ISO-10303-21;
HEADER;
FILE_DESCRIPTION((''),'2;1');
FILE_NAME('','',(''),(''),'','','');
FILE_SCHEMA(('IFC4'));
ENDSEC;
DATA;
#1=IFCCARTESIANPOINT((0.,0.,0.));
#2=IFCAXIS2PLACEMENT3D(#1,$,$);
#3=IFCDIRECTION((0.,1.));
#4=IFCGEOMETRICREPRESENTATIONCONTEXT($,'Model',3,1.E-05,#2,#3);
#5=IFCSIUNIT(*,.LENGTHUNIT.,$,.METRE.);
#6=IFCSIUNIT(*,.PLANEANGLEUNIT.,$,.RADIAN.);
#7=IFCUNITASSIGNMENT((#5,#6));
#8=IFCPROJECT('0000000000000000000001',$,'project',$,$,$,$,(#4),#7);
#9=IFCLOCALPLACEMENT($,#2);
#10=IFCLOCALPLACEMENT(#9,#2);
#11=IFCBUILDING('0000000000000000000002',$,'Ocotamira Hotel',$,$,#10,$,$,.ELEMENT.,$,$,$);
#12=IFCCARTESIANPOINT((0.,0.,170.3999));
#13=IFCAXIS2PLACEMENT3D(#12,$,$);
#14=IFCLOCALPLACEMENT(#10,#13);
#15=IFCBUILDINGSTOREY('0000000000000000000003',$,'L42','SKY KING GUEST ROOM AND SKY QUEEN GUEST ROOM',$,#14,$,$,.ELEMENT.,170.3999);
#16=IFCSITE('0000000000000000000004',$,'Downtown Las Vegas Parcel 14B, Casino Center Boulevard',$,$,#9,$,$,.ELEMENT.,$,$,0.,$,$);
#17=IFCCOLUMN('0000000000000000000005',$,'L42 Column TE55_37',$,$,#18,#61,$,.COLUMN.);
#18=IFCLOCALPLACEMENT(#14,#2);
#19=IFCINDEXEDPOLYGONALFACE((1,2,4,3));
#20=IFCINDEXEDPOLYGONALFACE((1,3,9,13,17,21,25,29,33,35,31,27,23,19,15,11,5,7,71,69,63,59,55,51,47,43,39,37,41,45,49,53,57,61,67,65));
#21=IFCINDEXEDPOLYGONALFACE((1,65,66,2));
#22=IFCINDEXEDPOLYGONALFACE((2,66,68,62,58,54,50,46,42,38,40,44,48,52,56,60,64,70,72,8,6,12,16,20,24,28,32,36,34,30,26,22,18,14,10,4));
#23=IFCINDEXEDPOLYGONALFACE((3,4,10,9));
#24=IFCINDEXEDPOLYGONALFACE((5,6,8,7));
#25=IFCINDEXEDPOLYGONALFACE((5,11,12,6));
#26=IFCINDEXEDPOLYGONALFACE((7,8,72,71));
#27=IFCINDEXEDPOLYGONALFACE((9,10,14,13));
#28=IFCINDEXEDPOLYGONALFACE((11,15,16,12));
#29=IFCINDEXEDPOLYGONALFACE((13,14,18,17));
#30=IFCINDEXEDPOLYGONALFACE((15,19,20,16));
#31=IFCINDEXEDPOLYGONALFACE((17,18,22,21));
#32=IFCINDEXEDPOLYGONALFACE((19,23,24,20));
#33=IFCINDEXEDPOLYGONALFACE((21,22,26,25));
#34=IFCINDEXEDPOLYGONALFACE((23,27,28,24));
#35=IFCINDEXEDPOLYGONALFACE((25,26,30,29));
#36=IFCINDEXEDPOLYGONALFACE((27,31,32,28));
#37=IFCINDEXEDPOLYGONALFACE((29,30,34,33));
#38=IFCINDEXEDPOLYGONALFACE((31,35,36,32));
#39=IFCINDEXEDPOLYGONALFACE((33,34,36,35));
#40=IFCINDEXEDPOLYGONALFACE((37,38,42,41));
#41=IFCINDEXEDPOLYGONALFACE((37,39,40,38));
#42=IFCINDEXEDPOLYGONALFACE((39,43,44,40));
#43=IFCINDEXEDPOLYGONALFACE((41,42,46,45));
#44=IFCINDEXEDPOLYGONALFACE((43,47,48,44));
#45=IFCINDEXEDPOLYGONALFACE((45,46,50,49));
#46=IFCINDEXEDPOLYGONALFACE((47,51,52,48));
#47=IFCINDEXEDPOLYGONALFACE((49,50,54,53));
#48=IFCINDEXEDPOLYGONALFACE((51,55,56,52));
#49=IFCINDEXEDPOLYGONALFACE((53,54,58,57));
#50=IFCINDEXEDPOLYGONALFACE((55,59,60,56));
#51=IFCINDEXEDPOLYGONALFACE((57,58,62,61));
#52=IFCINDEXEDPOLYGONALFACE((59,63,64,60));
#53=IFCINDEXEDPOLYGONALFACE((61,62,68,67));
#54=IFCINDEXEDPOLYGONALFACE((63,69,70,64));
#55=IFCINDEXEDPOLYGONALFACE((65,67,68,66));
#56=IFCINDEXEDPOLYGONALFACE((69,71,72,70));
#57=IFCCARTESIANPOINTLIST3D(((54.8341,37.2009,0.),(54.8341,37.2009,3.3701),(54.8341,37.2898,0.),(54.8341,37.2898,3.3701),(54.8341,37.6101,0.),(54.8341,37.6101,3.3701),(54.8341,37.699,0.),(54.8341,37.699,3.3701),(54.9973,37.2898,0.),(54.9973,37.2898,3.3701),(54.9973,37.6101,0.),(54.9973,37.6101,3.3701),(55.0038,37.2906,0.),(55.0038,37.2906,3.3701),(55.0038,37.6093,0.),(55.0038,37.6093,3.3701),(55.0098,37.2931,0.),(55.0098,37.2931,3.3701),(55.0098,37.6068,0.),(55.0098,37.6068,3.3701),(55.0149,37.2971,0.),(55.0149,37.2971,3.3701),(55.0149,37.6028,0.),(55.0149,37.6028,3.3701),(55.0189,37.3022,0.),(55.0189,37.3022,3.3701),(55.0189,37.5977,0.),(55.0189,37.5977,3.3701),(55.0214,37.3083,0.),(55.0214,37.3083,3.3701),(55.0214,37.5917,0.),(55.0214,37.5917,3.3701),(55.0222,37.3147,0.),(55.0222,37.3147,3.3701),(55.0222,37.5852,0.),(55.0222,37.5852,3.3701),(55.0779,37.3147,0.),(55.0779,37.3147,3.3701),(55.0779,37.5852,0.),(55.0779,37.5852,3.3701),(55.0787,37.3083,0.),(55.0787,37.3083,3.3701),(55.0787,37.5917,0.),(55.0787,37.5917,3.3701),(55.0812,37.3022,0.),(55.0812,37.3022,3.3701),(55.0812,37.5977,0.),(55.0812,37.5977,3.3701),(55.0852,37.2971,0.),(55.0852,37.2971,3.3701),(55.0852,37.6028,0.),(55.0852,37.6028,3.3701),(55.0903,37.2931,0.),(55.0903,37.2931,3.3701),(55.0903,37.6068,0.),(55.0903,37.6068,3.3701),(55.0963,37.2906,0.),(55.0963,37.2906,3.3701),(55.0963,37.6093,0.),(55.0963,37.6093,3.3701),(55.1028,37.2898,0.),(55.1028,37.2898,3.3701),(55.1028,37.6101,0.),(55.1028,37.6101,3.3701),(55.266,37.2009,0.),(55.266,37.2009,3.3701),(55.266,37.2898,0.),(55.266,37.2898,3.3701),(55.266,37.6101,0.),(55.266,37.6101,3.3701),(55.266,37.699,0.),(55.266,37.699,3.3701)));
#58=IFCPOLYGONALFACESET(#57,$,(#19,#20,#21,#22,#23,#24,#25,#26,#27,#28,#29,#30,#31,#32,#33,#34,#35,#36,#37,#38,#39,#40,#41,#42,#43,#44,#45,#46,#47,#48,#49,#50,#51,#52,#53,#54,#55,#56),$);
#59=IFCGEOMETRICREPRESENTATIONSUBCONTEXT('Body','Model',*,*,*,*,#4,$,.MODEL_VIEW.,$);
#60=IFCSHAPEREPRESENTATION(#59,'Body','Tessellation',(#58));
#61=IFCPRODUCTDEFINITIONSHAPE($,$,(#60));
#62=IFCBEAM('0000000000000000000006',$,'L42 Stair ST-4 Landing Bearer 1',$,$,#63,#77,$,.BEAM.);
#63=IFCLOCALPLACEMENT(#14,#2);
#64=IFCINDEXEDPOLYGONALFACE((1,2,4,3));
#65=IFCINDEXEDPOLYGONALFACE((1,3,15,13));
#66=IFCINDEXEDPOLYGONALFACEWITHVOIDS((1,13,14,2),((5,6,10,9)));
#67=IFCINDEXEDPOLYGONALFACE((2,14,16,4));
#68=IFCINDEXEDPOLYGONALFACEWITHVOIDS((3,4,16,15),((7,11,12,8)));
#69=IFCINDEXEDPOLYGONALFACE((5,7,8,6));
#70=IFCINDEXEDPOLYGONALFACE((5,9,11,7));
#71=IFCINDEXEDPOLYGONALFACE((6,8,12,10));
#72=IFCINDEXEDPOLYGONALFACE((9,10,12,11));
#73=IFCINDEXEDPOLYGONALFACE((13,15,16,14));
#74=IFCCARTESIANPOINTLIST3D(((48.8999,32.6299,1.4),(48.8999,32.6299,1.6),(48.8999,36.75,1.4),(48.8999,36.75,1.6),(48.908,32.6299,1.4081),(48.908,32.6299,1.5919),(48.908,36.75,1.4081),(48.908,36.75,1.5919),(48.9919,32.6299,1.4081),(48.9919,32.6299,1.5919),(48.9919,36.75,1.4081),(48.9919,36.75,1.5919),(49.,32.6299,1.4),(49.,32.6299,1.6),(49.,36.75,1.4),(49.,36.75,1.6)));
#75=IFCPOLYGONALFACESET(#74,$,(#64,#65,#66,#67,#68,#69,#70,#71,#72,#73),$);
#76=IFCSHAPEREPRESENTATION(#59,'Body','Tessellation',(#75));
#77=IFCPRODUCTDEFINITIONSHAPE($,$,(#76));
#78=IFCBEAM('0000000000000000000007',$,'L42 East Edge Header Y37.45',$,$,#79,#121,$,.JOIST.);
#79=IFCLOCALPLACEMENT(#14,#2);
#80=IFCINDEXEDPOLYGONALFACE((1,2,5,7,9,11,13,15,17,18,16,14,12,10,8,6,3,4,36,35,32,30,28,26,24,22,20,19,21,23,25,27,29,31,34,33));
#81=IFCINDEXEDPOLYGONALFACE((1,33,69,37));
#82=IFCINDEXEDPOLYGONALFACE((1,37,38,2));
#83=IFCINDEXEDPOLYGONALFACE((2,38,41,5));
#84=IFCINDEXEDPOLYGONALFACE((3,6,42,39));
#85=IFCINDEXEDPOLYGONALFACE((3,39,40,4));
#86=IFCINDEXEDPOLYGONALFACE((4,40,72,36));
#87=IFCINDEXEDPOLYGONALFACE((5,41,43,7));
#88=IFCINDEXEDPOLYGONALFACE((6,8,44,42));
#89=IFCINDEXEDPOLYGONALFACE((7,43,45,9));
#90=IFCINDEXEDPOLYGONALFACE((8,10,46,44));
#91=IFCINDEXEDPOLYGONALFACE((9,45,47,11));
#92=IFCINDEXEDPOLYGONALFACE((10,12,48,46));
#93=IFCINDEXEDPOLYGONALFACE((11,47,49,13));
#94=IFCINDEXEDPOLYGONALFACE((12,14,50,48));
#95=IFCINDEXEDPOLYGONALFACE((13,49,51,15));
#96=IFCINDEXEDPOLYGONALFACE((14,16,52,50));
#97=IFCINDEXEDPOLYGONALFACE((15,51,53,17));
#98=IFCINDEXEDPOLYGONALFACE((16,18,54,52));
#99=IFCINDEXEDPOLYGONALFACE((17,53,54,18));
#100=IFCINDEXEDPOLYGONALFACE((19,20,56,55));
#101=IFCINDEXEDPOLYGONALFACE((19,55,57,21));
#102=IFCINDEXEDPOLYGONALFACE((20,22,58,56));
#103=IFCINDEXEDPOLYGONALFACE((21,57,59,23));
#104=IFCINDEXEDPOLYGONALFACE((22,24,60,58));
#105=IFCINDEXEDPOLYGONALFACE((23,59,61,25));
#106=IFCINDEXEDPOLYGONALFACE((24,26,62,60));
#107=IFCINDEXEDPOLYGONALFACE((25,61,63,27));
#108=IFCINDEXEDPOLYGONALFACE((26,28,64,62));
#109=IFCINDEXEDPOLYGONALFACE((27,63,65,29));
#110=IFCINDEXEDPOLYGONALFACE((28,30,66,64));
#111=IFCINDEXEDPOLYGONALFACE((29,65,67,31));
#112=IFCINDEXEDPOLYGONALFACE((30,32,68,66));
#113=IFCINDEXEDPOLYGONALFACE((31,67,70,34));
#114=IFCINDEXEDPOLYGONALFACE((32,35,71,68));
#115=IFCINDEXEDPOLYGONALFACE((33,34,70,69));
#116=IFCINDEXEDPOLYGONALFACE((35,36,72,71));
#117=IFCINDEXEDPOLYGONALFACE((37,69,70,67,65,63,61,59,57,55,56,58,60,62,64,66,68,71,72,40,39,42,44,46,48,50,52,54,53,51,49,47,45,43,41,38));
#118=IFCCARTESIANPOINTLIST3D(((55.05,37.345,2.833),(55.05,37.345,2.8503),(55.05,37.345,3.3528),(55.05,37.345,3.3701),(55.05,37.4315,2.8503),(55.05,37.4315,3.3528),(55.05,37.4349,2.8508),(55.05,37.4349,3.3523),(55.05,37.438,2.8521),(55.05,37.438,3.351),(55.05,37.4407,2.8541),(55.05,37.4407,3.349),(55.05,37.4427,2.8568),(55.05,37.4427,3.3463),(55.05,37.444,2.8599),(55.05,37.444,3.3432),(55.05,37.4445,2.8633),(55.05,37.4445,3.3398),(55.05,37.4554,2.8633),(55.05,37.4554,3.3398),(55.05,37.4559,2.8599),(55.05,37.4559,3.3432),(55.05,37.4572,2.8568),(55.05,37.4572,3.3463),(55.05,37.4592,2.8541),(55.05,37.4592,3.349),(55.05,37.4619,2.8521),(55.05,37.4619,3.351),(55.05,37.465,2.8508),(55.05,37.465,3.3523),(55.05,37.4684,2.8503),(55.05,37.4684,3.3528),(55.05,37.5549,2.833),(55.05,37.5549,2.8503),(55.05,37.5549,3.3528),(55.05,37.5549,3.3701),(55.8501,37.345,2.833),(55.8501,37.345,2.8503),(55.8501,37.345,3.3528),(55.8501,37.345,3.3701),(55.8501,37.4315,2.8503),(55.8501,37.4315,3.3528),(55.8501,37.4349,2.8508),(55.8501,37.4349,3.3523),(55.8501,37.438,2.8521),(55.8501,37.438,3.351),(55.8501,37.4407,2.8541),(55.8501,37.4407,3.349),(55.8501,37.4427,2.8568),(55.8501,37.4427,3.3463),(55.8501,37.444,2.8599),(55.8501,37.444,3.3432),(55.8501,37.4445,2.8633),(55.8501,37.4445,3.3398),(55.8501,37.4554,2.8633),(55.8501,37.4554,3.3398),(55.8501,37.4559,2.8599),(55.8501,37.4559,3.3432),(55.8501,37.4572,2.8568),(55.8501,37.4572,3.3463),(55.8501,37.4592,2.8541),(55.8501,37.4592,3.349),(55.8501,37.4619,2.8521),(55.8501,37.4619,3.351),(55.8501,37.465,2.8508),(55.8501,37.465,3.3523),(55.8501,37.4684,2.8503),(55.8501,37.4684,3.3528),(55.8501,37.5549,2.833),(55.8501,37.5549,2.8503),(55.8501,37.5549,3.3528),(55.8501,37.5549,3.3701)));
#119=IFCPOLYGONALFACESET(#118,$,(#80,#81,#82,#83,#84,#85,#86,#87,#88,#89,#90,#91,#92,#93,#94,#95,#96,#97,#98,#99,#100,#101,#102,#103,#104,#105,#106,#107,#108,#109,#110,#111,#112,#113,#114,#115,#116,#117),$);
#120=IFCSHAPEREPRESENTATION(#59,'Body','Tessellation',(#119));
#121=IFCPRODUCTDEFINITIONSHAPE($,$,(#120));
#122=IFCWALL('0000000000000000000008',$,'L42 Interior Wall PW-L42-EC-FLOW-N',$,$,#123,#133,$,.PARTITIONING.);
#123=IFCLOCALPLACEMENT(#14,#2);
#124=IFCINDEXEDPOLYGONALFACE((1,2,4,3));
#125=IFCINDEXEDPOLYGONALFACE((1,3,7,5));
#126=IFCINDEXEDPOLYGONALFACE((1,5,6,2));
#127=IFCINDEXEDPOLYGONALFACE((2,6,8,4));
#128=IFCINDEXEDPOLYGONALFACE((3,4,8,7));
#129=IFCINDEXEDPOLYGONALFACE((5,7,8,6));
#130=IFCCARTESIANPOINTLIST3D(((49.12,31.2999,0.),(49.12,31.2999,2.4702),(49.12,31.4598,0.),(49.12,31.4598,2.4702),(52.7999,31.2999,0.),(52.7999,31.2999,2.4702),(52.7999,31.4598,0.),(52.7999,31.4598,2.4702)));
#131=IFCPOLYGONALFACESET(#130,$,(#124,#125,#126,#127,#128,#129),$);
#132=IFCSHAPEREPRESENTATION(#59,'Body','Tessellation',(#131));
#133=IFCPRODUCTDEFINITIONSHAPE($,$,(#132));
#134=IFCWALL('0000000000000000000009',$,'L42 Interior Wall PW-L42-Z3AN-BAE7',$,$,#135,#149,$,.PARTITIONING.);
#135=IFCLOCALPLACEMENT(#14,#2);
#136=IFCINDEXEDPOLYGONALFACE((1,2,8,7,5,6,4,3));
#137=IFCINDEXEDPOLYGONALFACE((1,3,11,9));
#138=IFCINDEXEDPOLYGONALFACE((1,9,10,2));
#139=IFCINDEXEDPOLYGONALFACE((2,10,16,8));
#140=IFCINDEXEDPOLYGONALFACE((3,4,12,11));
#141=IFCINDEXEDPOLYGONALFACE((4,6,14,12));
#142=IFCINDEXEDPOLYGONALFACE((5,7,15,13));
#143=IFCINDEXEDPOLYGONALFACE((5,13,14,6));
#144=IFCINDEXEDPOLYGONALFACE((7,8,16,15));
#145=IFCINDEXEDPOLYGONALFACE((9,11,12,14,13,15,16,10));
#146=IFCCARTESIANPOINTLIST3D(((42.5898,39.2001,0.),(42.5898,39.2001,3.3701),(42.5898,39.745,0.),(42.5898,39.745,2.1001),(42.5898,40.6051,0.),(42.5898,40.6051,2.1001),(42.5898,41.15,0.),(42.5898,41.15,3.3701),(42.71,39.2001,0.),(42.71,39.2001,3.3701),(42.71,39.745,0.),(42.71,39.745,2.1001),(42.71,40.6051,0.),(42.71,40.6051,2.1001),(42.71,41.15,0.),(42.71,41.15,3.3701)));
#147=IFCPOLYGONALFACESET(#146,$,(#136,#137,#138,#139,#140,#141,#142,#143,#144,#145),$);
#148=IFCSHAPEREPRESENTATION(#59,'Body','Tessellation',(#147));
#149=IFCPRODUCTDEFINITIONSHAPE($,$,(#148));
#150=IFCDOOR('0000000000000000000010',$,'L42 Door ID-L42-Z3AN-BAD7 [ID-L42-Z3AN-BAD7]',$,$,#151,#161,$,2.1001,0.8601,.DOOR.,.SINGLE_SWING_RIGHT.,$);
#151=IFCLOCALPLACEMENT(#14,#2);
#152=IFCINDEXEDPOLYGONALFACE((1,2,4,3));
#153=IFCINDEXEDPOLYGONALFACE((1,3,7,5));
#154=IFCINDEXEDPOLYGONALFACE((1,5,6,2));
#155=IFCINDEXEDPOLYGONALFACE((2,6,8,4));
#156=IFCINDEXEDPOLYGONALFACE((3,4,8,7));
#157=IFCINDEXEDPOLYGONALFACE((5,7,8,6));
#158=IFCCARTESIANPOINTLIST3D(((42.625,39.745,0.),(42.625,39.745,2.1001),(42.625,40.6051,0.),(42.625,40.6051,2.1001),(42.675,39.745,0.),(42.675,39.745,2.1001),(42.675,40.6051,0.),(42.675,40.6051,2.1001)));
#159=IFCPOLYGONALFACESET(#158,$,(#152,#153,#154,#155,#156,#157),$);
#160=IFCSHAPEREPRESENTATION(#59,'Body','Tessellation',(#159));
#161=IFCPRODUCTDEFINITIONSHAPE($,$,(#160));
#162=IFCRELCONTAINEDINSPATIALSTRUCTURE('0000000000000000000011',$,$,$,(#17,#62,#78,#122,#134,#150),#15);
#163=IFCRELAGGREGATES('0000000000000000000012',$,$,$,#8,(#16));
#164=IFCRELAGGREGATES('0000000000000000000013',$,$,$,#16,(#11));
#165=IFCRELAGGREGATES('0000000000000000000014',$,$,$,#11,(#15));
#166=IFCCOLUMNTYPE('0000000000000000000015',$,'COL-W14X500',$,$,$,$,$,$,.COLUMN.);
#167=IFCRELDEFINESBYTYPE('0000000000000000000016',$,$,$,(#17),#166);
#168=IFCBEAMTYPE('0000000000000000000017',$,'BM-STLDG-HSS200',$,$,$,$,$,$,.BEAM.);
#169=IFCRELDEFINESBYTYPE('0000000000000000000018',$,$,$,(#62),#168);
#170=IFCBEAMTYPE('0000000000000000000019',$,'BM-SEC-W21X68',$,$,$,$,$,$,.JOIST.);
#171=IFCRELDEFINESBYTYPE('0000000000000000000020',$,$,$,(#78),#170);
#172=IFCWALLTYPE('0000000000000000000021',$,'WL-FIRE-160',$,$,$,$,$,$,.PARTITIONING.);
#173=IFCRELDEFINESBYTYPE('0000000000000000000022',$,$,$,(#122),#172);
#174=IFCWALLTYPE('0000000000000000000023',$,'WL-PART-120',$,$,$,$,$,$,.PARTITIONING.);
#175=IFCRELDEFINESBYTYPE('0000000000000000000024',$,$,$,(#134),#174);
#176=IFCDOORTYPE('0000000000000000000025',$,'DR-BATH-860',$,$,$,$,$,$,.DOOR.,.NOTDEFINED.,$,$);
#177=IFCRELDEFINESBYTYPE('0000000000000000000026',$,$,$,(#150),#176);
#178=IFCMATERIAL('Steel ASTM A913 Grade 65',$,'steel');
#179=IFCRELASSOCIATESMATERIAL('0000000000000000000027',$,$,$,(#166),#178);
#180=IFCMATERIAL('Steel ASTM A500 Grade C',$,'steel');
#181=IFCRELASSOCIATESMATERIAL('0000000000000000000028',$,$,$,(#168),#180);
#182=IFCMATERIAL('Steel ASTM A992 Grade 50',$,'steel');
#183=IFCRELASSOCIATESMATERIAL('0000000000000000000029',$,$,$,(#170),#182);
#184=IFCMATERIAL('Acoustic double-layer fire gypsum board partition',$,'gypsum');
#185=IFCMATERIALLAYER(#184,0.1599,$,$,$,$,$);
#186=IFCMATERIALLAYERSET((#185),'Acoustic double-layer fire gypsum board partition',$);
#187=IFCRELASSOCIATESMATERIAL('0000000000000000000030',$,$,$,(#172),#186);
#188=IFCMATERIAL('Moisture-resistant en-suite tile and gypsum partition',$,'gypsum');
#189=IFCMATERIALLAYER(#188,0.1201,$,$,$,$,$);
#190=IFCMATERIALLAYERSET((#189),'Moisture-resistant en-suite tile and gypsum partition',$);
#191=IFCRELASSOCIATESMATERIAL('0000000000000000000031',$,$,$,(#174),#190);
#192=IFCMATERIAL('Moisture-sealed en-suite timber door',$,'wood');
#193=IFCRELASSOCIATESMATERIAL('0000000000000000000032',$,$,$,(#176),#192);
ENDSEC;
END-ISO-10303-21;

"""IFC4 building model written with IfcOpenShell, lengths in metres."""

from ifc_helpers import new_model, si_unit, direction, frame, frame_2d, origin, origin_2d, place, context, subcontext, project, spatial, rectangle, hollow_rectangle, i_section, extrude, source, transform, mapped, material, layer, layer_set, material_profile, profile_set, type_object, element, fill, save


model = new_model("IFC4")

# Units and contexts
model_context = context("Model", 3, precision=1e-05, world=origin(), true_north=direction((0.0, 1.0)))
body_context = subcontext(model_context, "Body", "Model", "MODEL_VIEW")
ifc_project = project(units=[si_unit("LENGTHUNIT", "METRE"), si_unit("PLANEANGLEUNIT", "RADIAN")], contexts=[model_context])

# Site, building, storey
site_placement = place(None, origin())
site = spatial("IfcSite", under=ifc_project, at=site_placement, Name="Downtown Las Vegas Parcel 14B, Casino Center Boulevard", CompositionType="ELEMENT", RefElevation=0.0)
building_placement = place(site_placement, origin())
building = spatial("IfcBuilding", under=site, at=building_placement, Name="Ocotamira Hotel", CompositionType="ELEMENT")
storey_placement = place(building_placement, frame((0.0, 0.0, 170.3999)))
storey = spatial("IfcBuildingStorey", under=building, at=storey_placement, Name="L42", Description="SKY KING GUEST ROOM AND SKY QUEEN GUEST ROOM", CompositionType="ELEMENT", Elevation=170.3999)

# Column
ifc_material_1 = material(Name="Steel ASTM A913 Grade 65", Category="steel")
ifc_material_profile_1 = material_profile(ifc_material_1, i_section(OverallWidth=0.4319, OverallDepth=0.498, WebThickness=0.0557, FlangeThickness=0.0889, FilletRadius=0.0249, at=origin_2d()), Name="W14X500")
ifc_profile_set_1 = profile_set([ifc_material_profile_1], Name="Steel ASTM A913 Grade 65")
column_type = type_object("IfcColumnType", Name="COL-W14X500", PredefinedType="COLUMN", material=ifc_profile_set_1)
shared_shape_1 = source(origin(), body_context, "Body", "SweptSolid", [
    extrude(i_section(OverallWidth=0.4319, OverallDepth=0.498, WebThickness=0.0557, FlangeThickness=0.0889, FilletRadius=0.0249, at=origin_2d()), origin(), (0.0, 0.0, 1.0), 3.3701),
])
column_placement = place(storey_placement, frame((55.05, 37.45, 0.0), z_axis=(0.0, 0.0, 1.0), x_axis=(1.0, 0.0, 0.0)))
element("IfcColumn", 1, at=column_placement, inside=storey, type_object=column_type, Name="L42 Column TE55_37", PredefinedType="COLUMN", context=body_context, shape_type="MappedRepresentation", body=[
    mapped(shared_shape_1, transform((0.0, 0.0, 0.0), scale=1.0)),
])

# Beams
ifc_material_2 = material(Name="Steel ASTM A500 Grade C", Category="steel")
ifc_material_profile_2 = material_profile(ifc_material_2, hollow_rectangle(XDim=0.1001, YDim=0.2, WallThickness=0.0081, at=origin_2d()), Name="HSS200X100X8")
ifc_profile_set_2 = profile_set([ifc_material_profile_2], Name="Steel ASTM A500 Grade C")
beam_type_1 = type_object("IfcBeamType", Name="BM-STLDG-HSS200", PredefinedType="BEAM", material=ifc_profile_set_2)
shared_shape_2 = source(origin(), body_context, "Body", "SweptSolid", [
    extrude(hollow_rectangle(XDim=0.1001, YDim=0.2, WallThickness=0.0081, at=origin_2d()), origin(), (0.0, 0.0, 1.0), 4.1201),
])
beam_1_placement = place(storey_placement, frame((48.95, 32.6299, 1.5), z_axis=(0.0, 1.0, 0.0), x_axis=(-1.0, 0.0, 0.0)))
element("IfcBeam", 2, at=beam_1_placement, inside=storey, type_object=beam_type_1, Name="L42 Stair ST-4 Landing Bearer 1", PredefinedType="BEAM", context=body_context, shape_type="MappedRepresentation", body=[
    mapped(shared_shape_2, transform((0.0, 0.0, 0.0), scale=1.0)),
])
ifc_material_3 = material(Name="Steel ASTM A992 Grade 50", Category="steel")
ifc_material_profile_3 = material_profile(ifc_material_3, i_section(OverallWidth=0.21, OverallDepth=0.5371, WebThickness=0.011, FlangeThickness=0.0173, FilletRadius=0.0129, at=origin_2d()), Name="W21X68")
ifc_profile_set_3 = profile_set([ifc_material_profile_3], Name="Steel ASTM A992 Grade 50")
beam_type_2 = type_object("IfcBeamType", Name="BM-SEC-W21X68", PredefinedType="JOIST", material=ifc_profile_set_3)
shared_shape_3 = source(origin(), body_context, "Body", "SweptSolid", [
    extrude(i_section(OverallWidth=0.21, OverallDepth=0.5371, WebThickness=0.011, FlangeThickness=0.0173, FilletRadius=0.0129, at=origin_2d()), origin(), (0.0, 0.0, 1.0), 0.8),
])
beam_2_placement = place(storey_placement, frame((55.05, 37.45, 3.1016), z_axis=(1.0, 0.0, 0.0), x_axis=(0.0, 1.0, 0.0)))
element("IfcBeam", 3, at=beam_2_placement, inside=storey, type_object=beam_type_2, Name="L42 East Edge Header Y37.45", PredefinedType="JOIST", context=body_context, shape_type="MappedRepresentation", body=[
    mapped(shared_shape_3, transform((0.0, 0.0, 0.0), scale=1.0)),
])

# Wall
ifc_material_4 = material(Name="Acoustic double-layer fire gypsum board partition", Category="gypsum")
ifc_layer_1 = layer(ifc_material_4, 0.1599)
ifc_layer_set_1 = layer_set([ifc_layer_1], Name="Acoustic double-layer fire gypsum board partition")
wall_type_1 = type_object("IfcWallType", Name="WL-FIRE-160", PredefinedType="PARTITIONING", material=ifc_layer_set_1)
wall_1_placement = place(storey_placement, frame((49.1201, 31.3799, 0.0), z_axis=(0.0, 0.0, 1.0), x_axis=(1.0, 0.0, 0.0)))
element("IfcWall", 4, at=wall_1_placement, inside=storey, type_object=wall_type_1, Name="L42 Interior Wall PW-L42-EC-FLOW-N", PredefinedType="PARTITIONING", context=body_context, shape_type="SweptSolid", body=[
    extrude(rectangle(XDim=3.6799, YDim=0.1599, at=frame_2d((1.8398, 0.0))), origin(), (0.0, 0.0, 1.0), 2.4702),
])

# Wall, opening, door
ifc_material_5 = material(Name="Moisture-resistant en-suite tile and gypsum partition", Category="gypsum")
ifc_layer_2 = layer(ifc_material_5, 0.1201)
ifc_layer_set_2 = layer_set([ifc_layer_2], Name="Moisture-resistant en-suite tile and gypsum partition")
wall_type_2 = type_object("IfcWallType", Name="WL-PART-120", PredefinedType="PARTITIONING", material=ifc_layer_set_2)
wall_2_placement = place(storey_placement, frame((42.6499, 39.2, 0.0), z_axis=(0.0, 0.0, 1.0), x_axis=(0.0, 1.0, 0.0)))
wall_2 = element("IfcWall", 5, at=wall_2_placement, inside=storey, type_object=wall_type_2, Name="L42 Interior Wall PW-L42-Z3AN-BAE7", PredefinedType="PARTITIONING", context=body_context, shape_type="SweptSolid", body=[
    extrude(rectangle(XDim=1.95, YDim=0.1201, at=frame_2d((0.9751, 0.0))), origin(), (0.0, 0.0, 1.0), 3.3701),
])
opening_1_placement = place(wall_2_placement, frame((0.5449, 0.0, 0.0)))
opening_1 = element("IfcOpeningElement", 6, at=opening_1_placement, cuts=wall_2, PredefinedType="OPENING", context=body_context, shape_type="SweptSolid", body=[
    extrude(rectangle(XDim=0.8601, YDim=2.1001, at=frame_2d((0.4302, 1.05))), frame((0.0, 0.0701, 0.0), z_axis=(0.0, -1.0, 0.0), x_axis=(1.0, 0.0, 0.0)), (0.0, 0.0, 1.0), 0.1401),
])
ifc_material_6 = material(Name="Moisture-sealed en-suite timber door", Category="wood")
door_type_1 = type_object("IfcDoorType", Name="DR-BATH-860", OperationType="NOTDEFINED", PredefinedType="DOOR", material=ifc_material_6)
shared_shape_4 = source(origin(), body_context, "Body", "SweptSolid", [
    extrude(rectangle(XDim=0.8601, YDim=2.1001, at=frame_2d((0.4302, 1.05))), frame((0.0, 0.0249, 0.0), z_axis=(0.0, -1.0, 0.0), x_axis=(1.0, 0.0, 0.0)), (0.0, 0.0, 1.0), 0.05),
])
door_1_placement = place(opening_1_placement, origin())
door_1 = element("IfcDoor", 7, at=door_1_placement, inside=storey, type_object=door_type_1, Name="L42 Door ID-L42-Z3AN-BAD7 [ID-L42-Z3AN-BAD7]", OperationType="SINGLE_SWING_RIGHT", OverallHeight=2.1001, OverallWidth=0.8601, PredefinedType="DOOR", context=body_context, shape_type="MappedRepresentation", body=[
    mapped(shared_shape_4, transform((0.0, 0.0, 0.0), scale=1.0)),
])
fill(opening_1, door_1)

save(model, "model.ifc")
